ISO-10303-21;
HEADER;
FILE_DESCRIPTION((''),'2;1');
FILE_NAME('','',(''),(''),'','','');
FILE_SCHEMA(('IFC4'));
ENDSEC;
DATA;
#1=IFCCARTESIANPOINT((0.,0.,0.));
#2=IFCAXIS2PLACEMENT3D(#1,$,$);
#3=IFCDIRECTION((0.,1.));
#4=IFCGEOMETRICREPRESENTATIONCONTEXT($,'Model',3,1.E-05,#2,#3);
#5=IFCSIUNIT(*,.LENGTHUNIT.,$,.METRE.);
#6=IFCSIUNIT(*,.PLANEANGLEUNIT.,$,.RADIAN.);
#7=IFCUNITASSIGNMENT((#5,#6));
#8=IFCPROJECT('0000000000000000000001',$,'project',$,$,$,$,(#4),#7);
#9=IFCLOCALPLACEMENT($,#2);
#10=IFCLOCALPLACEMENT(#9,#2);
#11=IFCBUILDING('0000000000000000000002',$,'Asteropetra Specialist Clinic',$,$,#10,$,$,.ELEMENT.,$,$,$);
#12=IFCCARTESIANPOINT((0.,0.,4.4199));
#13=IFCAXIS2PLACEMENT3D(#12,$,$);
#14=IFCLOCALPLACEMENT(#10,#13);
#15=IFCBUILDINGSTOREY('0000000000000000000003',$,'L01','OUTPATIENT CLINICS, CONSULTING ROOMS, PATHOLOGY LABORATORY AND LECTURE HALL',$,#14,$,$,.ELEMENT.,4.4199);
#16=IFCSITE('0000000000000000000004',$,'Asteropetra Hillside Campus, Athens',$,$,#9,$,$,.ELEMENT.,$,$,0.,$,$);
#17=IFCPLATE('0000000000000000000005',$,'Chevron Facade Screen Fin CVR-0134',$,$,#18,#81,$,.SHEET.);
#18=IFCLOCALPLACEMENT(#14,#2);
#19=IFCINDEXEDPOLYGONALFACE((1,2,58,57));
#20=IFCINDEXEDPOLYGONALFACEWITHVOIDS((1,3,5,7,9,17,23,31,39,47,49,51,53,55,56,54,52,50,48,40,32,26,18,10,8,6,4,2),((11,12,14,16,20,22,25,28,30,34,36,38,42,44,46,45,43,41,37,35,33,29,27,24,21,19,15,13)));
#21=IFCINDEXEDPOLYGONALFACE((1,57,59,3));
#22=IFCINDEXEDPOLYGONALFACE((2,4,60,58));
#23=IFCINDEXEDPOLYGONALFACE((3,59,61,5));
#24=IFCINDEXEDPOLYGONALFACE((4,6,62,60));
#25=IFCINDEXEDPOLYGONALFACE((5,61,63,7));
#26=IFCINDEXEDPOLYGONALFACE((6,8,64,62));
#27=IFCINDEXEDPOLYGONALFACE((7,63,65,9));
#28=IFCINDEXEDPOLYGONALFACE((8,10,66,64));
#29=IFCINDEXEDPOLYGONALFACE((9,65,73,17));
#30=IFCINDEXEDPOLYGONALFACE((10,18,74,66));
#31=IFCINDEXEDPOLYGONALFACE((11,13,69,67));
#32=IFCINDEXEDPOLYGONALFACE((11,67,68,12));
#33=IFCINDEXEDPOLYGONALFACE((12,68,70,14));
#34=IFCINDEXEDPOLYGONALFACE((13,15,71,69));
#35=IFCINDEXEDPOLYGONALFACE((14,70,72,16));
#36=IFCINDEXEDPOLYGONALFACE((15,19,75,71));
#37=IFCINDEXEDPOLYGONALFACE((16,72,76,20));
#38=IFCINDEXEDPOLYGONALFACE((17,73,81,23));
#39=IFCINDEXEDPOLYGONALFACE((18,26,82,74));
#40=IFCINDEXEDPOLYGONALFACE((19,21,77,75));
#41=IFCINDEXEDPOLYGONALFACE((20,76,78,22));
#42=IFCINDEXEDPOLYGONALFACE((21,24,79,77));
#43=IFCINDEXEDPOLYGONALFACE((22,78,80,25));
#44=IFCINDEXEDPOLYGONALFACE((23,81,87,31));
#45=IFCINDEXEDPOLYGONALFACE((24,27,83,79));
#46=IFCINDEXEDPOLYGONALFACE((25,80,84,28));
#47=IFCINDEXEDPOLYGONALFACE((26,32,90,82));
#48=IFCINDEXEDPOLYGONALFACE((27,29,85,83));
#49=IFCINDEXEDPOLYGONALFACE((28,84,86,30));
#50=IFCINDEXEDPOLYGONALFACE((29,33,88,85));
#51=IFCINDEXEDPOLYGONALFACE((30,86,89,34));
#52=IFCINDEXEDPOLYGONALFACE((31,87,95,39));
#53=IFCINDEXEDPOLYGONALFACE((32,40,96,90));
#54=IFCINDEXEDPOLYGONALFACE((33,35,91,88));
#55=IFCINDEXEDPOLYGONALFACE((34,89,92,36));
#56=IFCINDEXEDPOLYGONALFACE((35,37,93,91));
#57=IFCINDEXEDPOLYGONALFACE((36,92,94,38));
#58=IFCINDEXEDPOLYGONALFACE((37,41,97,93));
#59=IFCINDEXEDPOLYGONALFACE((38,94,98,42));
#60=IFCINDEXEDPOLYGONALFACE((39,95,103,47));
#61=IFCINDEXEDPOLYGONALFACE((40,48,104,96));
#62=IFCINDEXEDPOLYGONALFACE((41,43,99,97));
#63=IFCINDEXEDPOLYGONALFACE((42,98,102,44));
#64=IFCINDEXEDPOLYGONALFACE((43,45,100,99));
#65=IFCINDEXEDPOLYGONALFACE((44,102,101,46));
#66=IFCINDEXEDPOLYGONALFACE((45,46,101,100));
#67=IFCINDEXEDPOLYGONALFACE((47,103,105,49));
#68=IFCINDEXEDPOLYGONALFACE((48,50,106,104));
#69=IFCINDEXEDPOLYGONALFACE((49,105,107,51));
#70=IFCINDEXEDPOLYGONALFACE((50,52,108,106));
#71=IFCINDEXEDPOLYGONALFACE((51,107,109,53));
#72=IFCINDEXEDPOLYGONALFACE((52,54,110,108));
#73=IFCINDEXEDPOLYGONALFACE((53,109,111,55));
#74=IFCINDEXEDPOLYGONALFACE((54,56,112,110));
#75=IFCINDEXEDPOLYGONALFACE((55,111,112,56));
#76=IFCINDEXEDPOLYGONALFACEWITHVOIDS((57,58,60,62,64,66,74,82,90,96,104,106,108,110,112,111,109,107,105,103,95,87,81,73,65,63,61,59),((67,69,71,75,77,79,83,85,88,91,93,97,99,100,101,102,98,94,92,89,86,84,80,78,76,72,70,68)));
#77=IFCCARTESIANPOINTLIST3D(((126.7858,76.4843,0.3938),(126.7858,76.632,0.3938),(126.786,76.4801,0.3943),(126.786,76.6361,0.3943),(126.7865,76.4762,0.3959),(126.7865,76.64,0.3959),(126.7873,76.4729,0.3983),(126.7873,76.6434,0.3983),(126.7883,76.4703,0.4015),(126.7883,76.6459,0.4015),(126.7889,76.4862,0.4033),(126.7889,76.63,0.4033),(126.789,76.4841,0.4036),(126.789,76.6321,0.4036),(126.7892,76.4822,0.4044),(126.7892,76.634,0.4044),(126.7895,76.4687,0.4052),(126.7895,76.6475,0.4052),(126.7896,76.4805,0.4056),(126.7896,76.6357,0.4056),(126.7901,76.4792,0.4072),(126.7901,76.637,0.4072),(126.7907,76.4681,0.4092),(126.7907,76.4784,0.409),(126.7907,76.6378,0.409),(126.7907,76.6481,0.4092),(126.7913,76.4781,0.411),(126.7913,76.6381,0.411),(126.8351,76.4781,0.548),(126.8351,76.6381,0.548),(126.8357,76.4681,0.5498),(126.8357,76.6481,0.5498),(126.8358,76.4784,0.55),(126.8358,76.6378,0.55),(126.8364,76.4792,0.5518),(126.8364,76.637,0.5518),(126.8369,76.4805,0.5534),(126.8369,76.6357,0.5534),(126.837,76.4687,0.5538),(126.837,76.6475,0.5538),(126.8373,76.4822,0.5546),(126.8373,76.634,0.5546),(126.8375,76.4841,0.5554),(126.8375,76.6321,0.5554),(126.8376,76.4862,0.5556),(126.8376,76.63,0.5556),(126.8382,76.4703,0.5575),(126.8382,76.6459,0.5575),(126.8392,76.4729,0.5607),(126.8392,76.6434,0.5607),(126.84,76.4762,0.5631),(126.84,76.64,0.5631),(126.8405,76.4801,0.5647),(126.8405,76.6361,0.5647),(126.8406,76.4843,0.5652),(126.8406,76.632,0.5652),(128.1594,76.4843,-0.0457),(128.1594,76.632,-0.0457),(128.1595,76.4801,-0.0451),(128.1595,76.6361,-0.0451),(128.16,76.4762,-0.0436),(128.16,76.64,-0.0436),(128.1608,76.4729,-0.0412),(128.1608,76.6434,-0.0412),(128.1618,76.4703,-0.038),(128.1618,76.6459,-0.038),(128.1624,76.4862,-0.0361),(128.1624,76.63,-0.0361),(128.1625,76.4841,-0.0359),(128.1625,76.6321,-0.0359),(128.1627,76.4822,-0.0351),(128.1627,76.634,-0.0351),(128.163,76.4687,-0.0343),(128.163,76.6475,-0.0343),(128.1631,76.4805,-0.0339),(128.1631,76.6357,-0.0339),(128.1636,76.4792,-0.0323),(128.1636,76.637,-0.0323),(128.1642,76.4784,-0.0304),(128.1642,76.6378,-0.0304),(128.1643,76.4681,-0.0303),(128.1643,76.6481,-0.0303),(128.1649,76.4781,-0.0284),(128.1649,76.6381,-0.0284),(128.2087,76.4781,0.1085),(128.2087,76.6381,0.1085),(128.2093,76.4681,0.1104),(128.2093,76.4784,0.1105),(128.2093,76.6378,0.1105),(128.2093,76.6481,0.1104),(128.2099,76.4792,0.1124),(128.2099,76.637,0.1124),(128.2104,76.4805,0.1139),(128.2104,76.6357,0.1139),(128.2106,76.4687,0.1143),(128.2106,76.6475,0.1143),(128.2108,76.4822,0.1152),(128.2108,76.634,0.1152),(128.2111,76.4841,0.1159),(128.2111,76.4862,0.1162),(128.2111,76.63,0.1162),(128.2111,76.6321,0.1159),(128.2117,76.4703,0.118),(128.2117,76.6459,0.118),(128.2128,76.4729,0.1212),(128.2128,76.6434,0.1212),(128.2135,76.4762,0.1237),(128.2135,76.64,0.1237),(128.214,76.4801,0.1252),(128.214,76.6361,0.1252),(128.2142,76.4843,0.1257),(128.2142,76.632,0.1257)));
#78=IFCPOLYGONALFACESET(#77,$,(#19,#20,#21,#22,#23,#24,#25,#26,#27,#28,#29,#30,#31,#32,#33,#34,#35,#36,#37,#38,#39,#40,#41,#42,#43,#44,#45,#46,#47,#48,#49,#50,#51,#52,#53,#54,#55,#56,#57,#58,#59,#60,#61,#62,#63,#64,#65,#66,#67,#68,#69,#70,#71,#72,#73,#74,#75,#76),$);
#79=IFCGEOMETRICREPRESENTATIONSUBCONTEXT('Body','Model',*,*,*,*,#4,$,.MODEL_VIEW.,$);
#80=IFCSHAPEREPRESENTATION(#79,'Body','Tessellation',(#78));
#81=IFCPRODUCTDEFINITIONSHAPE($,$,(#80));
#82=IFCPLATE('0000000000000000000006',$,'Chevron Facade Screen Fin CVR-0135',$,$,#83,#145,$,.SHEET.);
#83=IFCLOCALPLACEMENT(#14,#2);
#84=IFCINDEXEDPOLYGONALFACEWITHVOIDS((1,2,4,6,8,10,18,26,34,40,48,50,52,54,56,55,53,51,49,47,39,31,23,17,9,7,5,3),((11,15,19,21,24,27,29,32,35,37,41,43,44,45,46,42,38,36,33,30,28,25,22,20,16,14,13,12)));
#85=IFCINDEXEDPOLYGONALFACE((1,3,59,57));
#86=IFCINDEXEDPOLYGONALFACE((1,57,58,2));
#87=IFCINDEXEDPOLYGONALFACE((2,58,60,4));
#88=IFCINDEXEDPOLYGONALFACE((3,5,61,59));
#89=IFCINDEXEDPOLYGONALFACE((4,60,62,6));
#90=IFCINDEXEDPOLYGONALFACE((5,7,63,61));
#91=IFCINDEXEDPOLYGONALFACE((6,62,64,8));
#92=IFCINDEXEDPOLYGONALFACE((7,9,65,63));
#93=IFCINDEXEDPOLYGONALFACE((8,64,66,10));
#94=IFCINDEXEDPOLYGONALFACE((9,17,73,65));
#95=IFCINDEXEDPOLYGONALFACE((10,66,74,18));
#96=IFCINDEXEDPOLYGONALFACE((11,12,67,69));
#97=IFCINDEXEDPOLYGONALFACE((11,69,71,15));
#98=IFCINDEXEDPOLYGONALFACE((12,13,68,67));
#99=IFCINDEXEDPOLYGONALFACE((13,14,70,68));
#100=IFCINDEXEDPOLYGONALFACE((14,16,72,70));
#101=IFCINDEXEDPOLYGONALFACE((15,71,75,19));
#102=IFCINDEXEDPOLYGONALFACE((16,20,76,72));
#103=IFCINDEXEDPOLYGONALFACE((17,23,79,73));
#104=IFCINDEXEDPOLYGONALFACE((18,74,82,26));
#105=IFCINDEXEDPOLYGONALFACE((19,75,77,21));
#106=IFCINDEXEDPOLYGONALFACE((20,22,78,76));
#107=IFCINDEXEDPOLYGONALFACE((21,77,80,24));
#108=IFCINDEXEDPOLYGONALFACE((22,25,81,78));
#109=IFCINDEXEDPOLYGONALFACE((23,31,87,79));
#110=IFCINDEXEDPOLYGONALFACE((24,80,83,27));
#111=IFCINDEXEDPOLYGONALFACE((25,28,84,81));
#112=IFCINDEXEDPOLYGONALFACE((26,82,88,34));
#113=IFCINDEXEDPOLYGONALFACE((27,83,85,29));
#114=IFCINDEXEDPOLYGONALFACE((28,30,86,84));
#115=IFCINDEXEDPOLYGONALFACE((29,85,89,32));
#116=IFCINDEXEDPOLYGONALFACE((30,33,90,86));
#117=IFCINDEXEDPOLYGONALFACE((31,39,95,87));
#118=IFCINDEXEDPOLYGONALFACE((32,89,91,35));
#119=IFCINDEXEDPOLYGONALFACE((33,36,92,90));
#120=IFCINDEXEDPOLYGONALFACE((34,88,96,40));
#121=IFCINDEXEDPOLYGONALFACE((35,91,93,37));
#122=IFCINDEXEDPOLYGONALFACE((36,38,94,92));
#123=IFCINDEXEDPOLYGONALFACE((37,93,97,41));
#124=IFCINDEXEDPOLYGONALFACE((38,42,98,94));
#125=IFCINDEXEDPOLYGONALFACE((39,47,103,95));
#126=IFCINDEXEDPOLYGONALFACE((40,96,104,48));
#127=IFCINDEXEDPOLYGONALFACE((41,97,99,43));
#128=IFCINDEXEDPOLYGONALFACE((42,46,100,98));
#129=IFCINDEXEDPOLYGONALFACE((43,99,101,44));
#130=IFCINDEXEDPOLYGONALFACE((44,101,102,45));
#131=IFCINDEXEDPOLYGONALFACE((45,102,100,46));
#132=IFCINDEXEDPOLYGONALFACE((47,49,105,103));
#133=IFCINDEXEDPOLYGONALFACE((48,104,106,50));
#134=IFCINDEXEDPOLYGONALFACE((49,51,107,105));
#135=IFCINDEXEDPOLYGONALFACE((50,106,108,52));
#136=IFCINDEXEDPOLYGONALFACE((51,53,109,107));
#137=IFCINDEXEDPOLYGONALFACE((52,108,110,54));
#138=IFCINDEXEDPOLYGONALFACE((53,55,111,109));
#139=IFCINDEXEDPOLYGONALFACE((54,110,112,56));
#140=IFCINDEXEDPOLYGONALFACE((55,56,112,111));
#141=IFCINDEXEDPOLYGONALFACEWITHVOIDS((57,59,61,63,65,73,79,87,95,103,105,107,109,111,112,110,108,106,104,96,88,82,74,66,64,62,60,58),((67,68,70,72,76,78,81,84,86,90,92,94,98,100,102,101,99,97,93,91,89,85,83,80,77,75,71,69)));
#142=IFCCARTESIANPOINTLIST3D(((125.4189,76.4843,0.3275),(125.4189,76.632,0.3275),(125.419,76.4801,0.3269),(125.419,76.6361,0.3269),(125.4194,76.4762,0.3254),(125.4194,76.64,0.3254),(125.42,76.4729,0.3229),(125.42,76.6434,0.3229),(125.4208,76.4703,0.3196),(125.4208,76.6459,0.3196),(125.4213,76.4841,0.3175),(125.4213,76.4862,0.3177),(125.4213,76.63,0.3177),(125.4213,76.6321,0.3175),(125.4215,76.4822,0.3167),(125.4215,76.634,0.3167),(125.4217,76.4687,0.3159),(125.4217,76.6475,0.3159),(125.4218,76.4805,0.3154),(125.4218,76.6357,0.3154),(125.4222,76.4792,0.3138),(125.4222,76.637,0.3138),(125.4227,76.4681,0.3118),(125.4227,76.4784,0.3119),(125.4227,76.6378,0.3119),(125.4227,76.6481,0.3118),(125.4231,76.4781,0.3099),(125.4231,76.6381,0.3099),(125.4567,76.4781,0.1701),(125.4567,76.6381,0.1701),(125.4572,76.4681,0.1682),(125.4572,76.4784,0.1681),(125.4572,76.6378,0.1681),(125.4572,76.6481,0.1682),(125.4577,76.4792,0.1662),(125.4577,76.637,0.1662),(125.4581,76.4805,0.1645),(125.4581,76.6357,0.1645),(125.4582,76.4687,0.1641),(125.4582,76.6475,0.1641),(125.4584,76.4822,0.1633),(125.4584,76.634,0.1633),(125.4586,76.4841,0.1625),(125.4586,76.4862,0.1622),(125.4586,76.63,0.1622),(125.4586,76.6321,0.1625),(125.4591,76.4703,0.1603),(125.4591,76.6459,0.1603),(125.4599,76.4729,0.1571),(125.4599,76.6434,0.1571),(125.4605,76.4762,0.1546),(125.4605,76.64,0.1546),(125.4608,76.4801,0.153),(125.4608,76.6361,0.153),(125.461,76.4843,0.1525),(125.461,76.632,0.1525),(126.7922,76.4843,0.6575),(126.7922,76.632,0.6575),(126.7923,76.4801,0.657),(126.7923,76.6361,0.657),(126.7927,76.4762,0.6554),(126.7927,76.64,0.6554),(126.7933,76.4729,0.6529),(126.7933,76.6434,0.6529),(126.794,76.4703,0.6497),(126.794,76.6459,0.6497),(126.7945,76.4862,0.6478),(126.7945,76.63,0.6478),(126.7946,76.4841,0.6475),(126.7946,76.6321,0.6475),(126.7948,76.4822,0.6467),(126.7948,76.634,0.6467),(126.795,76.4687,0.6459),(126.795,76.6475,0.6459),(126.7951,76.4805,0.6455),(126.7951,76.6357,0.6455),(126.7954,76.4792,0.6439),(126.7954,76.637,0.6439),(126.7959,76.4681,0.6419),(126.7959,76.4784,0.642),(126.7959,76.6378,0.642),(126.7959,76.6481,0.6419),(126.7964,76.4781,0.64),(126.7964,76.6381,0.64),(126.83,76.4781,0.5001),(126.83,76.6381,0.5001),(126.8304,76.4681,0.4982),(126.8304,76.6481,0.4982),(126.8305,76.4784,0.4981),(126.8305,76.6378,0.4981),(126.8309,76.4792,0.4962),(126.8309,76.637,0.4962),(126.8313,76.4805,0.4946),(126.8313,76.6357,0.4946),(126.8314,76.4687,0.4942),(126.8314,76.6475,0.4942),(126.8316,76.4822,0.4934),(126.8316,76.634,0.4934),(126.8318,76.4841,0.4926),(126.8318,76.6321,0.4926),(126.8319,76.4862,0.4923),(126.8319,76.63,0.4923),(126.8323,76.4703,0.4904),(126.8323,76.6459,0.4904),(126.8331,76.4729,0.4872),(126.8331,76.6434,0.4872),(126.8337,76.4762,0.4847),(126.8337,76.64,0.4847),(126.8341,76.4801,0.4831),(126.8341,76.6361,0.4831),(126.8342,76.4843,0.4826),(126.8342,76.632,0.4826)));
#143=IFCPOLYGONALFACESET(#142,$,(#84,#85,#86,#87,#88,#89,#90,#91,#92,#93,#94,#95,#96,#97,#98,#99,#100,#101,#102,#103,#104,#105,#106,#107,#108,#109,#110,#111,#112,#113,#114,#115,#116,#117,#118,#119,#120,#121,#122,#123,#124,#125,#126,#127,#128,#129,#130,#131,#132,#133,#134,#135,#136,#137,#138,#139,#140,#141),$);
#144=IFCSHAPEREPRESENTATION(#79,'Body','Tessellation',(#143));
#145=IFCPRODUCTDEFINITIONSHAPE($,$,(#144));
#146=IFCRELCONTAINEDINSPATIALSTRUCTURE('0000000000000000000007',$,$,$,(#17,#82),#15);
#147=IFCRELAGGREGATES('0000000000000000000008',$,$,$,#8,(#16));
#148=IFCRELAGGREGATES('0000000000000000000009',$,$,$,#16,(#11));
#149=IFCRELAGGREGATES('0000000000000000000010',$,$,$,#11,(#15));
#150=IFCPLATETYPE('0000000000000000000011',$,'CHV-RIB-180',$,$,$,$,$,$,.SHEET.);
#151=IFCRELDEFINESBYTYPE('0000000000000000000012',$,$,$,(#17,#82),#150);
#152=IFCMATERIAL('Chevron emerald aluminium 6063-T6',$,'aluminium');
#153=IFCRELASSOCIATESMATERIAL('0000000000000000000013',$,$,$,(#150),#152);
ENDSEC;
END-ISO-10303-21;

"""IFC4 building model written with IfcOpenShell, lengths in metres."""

from ifc_helpers import new_model, si_unit, direction, frame, origin, origin_2d, place, context, subcontext, project, spatial, hollow_rectangle, extrude, material, material_profile, profile_set, type_object, element, save


model = new_model("IFC4")

# Units and contexts
model_context = context("Model", 3, precision=1e-05, world=origin(), true_north=direction((0.0, 1.0)))
body_context = subcontext(model_context, "Body", "Model", "MODEL_VIEW")
ifc_project = project(units=[si_unit("LENGTHUNIT", "METRE"), si_unit("PLANEANGLEUNIT", "RADIAN")], contexts=[model_context])

# Site, building, storey
site_placement = place(None, origin())
site = spatial("IfcSite", under=ifc_project, at=site_placement, Name="Asteropetra Hillside Campus, Athens", CompositionType="ELEMENT", RefElevation=0.0)
building_placement = place(site_placement, origin())
building = spatial("IfcBuilding", under=site, at=building_placement, Name="Asteropetra Specialist Clinic", CompositionType="ELEMENT")
storey_placement = place(building_placement, frame((0.0, 0.0, 4.4199)))
storey = spatial("IfcBuildingStorey", under=building, at=storey_placement, Name="L01", Description="OUTPATIENT CLINICS, CONSULTING ROOMS, PATHOLOGY LABORATORY AND LECTURE HALL", CompositionType="ELEMENT", Elevation=4.4199)

# Plates
ifc_material_1 = material(Name="Chevron emerald aluminium 6063-T6", Category="aluminium")
ifc_material_profile = material_profile(ifc_material_1, hollow_rectangle(XDim=0.1799, YDim=0.1799, WallThickness=0.01, InnerFilletRadius=0.0081, OuterFilletRadius=0.0161, at=origin_2d()), Name="SHS 180x180x10.0")
ifc_profile_set = profile_set([ifc_material_profile], Name="Chevron emerald aluminium 6063-T6")
plate_type = type_object("IfcPlateType", Name="CHV-RIB-180", PredefinedType="SHEET", material=ifc_profile_set)
plate_1_placement = place(storey_placement, frame((126.8132, 76.5581, 0.4795), z_axis=(0.95244, 0.0, -0.304727), x_axis=(0.0, 1.0, 0.0)))
element("IfcPlate", 1, at=plate_1_placement, inside=storey, type_object=plate_type, Name="Chevron Facade Screen Fin CVR-0134", PredefinedType="SHEET", context=body_context, shape_type="SweptSolid", body=[
    extrude(hollow_rectangle(XDim=0.1799, YDim=0.1799, WallThickness=0.01, InnerFilletRadius=0.0081, OuterFilletRadius=0.0161, at=origin_2d()), origin(), (0.0, 0.0, 1.0), 1.4421),
])
plate_2_placement = place(storey_placement, frame((125.4399, 76.5581, 0.24), z_axis=(0.972309, 0.0, 0.2337), x_axis=(0.0, 1.0, 0.0)))
element("IfcPlate", 2, at=plate_2_placement, inside=storey, type_object=plate_type, Name="Chevron Facade Screen Fin CVR-0135", PredefinedType="SHEET", context=body_context, shape_type="SweptSolid", body=[
    extrude(hollow_rectangle(XDim=0.1799, YDim=0.1799, WallThickness=0.01, InnerFilletRadius=0.0081, OuterFilletRadius=0.0161, at=origin_2d()), origin(), (0.0, 0.0, 1.0), 1.4124),
])

save(model, "model.ifc")
